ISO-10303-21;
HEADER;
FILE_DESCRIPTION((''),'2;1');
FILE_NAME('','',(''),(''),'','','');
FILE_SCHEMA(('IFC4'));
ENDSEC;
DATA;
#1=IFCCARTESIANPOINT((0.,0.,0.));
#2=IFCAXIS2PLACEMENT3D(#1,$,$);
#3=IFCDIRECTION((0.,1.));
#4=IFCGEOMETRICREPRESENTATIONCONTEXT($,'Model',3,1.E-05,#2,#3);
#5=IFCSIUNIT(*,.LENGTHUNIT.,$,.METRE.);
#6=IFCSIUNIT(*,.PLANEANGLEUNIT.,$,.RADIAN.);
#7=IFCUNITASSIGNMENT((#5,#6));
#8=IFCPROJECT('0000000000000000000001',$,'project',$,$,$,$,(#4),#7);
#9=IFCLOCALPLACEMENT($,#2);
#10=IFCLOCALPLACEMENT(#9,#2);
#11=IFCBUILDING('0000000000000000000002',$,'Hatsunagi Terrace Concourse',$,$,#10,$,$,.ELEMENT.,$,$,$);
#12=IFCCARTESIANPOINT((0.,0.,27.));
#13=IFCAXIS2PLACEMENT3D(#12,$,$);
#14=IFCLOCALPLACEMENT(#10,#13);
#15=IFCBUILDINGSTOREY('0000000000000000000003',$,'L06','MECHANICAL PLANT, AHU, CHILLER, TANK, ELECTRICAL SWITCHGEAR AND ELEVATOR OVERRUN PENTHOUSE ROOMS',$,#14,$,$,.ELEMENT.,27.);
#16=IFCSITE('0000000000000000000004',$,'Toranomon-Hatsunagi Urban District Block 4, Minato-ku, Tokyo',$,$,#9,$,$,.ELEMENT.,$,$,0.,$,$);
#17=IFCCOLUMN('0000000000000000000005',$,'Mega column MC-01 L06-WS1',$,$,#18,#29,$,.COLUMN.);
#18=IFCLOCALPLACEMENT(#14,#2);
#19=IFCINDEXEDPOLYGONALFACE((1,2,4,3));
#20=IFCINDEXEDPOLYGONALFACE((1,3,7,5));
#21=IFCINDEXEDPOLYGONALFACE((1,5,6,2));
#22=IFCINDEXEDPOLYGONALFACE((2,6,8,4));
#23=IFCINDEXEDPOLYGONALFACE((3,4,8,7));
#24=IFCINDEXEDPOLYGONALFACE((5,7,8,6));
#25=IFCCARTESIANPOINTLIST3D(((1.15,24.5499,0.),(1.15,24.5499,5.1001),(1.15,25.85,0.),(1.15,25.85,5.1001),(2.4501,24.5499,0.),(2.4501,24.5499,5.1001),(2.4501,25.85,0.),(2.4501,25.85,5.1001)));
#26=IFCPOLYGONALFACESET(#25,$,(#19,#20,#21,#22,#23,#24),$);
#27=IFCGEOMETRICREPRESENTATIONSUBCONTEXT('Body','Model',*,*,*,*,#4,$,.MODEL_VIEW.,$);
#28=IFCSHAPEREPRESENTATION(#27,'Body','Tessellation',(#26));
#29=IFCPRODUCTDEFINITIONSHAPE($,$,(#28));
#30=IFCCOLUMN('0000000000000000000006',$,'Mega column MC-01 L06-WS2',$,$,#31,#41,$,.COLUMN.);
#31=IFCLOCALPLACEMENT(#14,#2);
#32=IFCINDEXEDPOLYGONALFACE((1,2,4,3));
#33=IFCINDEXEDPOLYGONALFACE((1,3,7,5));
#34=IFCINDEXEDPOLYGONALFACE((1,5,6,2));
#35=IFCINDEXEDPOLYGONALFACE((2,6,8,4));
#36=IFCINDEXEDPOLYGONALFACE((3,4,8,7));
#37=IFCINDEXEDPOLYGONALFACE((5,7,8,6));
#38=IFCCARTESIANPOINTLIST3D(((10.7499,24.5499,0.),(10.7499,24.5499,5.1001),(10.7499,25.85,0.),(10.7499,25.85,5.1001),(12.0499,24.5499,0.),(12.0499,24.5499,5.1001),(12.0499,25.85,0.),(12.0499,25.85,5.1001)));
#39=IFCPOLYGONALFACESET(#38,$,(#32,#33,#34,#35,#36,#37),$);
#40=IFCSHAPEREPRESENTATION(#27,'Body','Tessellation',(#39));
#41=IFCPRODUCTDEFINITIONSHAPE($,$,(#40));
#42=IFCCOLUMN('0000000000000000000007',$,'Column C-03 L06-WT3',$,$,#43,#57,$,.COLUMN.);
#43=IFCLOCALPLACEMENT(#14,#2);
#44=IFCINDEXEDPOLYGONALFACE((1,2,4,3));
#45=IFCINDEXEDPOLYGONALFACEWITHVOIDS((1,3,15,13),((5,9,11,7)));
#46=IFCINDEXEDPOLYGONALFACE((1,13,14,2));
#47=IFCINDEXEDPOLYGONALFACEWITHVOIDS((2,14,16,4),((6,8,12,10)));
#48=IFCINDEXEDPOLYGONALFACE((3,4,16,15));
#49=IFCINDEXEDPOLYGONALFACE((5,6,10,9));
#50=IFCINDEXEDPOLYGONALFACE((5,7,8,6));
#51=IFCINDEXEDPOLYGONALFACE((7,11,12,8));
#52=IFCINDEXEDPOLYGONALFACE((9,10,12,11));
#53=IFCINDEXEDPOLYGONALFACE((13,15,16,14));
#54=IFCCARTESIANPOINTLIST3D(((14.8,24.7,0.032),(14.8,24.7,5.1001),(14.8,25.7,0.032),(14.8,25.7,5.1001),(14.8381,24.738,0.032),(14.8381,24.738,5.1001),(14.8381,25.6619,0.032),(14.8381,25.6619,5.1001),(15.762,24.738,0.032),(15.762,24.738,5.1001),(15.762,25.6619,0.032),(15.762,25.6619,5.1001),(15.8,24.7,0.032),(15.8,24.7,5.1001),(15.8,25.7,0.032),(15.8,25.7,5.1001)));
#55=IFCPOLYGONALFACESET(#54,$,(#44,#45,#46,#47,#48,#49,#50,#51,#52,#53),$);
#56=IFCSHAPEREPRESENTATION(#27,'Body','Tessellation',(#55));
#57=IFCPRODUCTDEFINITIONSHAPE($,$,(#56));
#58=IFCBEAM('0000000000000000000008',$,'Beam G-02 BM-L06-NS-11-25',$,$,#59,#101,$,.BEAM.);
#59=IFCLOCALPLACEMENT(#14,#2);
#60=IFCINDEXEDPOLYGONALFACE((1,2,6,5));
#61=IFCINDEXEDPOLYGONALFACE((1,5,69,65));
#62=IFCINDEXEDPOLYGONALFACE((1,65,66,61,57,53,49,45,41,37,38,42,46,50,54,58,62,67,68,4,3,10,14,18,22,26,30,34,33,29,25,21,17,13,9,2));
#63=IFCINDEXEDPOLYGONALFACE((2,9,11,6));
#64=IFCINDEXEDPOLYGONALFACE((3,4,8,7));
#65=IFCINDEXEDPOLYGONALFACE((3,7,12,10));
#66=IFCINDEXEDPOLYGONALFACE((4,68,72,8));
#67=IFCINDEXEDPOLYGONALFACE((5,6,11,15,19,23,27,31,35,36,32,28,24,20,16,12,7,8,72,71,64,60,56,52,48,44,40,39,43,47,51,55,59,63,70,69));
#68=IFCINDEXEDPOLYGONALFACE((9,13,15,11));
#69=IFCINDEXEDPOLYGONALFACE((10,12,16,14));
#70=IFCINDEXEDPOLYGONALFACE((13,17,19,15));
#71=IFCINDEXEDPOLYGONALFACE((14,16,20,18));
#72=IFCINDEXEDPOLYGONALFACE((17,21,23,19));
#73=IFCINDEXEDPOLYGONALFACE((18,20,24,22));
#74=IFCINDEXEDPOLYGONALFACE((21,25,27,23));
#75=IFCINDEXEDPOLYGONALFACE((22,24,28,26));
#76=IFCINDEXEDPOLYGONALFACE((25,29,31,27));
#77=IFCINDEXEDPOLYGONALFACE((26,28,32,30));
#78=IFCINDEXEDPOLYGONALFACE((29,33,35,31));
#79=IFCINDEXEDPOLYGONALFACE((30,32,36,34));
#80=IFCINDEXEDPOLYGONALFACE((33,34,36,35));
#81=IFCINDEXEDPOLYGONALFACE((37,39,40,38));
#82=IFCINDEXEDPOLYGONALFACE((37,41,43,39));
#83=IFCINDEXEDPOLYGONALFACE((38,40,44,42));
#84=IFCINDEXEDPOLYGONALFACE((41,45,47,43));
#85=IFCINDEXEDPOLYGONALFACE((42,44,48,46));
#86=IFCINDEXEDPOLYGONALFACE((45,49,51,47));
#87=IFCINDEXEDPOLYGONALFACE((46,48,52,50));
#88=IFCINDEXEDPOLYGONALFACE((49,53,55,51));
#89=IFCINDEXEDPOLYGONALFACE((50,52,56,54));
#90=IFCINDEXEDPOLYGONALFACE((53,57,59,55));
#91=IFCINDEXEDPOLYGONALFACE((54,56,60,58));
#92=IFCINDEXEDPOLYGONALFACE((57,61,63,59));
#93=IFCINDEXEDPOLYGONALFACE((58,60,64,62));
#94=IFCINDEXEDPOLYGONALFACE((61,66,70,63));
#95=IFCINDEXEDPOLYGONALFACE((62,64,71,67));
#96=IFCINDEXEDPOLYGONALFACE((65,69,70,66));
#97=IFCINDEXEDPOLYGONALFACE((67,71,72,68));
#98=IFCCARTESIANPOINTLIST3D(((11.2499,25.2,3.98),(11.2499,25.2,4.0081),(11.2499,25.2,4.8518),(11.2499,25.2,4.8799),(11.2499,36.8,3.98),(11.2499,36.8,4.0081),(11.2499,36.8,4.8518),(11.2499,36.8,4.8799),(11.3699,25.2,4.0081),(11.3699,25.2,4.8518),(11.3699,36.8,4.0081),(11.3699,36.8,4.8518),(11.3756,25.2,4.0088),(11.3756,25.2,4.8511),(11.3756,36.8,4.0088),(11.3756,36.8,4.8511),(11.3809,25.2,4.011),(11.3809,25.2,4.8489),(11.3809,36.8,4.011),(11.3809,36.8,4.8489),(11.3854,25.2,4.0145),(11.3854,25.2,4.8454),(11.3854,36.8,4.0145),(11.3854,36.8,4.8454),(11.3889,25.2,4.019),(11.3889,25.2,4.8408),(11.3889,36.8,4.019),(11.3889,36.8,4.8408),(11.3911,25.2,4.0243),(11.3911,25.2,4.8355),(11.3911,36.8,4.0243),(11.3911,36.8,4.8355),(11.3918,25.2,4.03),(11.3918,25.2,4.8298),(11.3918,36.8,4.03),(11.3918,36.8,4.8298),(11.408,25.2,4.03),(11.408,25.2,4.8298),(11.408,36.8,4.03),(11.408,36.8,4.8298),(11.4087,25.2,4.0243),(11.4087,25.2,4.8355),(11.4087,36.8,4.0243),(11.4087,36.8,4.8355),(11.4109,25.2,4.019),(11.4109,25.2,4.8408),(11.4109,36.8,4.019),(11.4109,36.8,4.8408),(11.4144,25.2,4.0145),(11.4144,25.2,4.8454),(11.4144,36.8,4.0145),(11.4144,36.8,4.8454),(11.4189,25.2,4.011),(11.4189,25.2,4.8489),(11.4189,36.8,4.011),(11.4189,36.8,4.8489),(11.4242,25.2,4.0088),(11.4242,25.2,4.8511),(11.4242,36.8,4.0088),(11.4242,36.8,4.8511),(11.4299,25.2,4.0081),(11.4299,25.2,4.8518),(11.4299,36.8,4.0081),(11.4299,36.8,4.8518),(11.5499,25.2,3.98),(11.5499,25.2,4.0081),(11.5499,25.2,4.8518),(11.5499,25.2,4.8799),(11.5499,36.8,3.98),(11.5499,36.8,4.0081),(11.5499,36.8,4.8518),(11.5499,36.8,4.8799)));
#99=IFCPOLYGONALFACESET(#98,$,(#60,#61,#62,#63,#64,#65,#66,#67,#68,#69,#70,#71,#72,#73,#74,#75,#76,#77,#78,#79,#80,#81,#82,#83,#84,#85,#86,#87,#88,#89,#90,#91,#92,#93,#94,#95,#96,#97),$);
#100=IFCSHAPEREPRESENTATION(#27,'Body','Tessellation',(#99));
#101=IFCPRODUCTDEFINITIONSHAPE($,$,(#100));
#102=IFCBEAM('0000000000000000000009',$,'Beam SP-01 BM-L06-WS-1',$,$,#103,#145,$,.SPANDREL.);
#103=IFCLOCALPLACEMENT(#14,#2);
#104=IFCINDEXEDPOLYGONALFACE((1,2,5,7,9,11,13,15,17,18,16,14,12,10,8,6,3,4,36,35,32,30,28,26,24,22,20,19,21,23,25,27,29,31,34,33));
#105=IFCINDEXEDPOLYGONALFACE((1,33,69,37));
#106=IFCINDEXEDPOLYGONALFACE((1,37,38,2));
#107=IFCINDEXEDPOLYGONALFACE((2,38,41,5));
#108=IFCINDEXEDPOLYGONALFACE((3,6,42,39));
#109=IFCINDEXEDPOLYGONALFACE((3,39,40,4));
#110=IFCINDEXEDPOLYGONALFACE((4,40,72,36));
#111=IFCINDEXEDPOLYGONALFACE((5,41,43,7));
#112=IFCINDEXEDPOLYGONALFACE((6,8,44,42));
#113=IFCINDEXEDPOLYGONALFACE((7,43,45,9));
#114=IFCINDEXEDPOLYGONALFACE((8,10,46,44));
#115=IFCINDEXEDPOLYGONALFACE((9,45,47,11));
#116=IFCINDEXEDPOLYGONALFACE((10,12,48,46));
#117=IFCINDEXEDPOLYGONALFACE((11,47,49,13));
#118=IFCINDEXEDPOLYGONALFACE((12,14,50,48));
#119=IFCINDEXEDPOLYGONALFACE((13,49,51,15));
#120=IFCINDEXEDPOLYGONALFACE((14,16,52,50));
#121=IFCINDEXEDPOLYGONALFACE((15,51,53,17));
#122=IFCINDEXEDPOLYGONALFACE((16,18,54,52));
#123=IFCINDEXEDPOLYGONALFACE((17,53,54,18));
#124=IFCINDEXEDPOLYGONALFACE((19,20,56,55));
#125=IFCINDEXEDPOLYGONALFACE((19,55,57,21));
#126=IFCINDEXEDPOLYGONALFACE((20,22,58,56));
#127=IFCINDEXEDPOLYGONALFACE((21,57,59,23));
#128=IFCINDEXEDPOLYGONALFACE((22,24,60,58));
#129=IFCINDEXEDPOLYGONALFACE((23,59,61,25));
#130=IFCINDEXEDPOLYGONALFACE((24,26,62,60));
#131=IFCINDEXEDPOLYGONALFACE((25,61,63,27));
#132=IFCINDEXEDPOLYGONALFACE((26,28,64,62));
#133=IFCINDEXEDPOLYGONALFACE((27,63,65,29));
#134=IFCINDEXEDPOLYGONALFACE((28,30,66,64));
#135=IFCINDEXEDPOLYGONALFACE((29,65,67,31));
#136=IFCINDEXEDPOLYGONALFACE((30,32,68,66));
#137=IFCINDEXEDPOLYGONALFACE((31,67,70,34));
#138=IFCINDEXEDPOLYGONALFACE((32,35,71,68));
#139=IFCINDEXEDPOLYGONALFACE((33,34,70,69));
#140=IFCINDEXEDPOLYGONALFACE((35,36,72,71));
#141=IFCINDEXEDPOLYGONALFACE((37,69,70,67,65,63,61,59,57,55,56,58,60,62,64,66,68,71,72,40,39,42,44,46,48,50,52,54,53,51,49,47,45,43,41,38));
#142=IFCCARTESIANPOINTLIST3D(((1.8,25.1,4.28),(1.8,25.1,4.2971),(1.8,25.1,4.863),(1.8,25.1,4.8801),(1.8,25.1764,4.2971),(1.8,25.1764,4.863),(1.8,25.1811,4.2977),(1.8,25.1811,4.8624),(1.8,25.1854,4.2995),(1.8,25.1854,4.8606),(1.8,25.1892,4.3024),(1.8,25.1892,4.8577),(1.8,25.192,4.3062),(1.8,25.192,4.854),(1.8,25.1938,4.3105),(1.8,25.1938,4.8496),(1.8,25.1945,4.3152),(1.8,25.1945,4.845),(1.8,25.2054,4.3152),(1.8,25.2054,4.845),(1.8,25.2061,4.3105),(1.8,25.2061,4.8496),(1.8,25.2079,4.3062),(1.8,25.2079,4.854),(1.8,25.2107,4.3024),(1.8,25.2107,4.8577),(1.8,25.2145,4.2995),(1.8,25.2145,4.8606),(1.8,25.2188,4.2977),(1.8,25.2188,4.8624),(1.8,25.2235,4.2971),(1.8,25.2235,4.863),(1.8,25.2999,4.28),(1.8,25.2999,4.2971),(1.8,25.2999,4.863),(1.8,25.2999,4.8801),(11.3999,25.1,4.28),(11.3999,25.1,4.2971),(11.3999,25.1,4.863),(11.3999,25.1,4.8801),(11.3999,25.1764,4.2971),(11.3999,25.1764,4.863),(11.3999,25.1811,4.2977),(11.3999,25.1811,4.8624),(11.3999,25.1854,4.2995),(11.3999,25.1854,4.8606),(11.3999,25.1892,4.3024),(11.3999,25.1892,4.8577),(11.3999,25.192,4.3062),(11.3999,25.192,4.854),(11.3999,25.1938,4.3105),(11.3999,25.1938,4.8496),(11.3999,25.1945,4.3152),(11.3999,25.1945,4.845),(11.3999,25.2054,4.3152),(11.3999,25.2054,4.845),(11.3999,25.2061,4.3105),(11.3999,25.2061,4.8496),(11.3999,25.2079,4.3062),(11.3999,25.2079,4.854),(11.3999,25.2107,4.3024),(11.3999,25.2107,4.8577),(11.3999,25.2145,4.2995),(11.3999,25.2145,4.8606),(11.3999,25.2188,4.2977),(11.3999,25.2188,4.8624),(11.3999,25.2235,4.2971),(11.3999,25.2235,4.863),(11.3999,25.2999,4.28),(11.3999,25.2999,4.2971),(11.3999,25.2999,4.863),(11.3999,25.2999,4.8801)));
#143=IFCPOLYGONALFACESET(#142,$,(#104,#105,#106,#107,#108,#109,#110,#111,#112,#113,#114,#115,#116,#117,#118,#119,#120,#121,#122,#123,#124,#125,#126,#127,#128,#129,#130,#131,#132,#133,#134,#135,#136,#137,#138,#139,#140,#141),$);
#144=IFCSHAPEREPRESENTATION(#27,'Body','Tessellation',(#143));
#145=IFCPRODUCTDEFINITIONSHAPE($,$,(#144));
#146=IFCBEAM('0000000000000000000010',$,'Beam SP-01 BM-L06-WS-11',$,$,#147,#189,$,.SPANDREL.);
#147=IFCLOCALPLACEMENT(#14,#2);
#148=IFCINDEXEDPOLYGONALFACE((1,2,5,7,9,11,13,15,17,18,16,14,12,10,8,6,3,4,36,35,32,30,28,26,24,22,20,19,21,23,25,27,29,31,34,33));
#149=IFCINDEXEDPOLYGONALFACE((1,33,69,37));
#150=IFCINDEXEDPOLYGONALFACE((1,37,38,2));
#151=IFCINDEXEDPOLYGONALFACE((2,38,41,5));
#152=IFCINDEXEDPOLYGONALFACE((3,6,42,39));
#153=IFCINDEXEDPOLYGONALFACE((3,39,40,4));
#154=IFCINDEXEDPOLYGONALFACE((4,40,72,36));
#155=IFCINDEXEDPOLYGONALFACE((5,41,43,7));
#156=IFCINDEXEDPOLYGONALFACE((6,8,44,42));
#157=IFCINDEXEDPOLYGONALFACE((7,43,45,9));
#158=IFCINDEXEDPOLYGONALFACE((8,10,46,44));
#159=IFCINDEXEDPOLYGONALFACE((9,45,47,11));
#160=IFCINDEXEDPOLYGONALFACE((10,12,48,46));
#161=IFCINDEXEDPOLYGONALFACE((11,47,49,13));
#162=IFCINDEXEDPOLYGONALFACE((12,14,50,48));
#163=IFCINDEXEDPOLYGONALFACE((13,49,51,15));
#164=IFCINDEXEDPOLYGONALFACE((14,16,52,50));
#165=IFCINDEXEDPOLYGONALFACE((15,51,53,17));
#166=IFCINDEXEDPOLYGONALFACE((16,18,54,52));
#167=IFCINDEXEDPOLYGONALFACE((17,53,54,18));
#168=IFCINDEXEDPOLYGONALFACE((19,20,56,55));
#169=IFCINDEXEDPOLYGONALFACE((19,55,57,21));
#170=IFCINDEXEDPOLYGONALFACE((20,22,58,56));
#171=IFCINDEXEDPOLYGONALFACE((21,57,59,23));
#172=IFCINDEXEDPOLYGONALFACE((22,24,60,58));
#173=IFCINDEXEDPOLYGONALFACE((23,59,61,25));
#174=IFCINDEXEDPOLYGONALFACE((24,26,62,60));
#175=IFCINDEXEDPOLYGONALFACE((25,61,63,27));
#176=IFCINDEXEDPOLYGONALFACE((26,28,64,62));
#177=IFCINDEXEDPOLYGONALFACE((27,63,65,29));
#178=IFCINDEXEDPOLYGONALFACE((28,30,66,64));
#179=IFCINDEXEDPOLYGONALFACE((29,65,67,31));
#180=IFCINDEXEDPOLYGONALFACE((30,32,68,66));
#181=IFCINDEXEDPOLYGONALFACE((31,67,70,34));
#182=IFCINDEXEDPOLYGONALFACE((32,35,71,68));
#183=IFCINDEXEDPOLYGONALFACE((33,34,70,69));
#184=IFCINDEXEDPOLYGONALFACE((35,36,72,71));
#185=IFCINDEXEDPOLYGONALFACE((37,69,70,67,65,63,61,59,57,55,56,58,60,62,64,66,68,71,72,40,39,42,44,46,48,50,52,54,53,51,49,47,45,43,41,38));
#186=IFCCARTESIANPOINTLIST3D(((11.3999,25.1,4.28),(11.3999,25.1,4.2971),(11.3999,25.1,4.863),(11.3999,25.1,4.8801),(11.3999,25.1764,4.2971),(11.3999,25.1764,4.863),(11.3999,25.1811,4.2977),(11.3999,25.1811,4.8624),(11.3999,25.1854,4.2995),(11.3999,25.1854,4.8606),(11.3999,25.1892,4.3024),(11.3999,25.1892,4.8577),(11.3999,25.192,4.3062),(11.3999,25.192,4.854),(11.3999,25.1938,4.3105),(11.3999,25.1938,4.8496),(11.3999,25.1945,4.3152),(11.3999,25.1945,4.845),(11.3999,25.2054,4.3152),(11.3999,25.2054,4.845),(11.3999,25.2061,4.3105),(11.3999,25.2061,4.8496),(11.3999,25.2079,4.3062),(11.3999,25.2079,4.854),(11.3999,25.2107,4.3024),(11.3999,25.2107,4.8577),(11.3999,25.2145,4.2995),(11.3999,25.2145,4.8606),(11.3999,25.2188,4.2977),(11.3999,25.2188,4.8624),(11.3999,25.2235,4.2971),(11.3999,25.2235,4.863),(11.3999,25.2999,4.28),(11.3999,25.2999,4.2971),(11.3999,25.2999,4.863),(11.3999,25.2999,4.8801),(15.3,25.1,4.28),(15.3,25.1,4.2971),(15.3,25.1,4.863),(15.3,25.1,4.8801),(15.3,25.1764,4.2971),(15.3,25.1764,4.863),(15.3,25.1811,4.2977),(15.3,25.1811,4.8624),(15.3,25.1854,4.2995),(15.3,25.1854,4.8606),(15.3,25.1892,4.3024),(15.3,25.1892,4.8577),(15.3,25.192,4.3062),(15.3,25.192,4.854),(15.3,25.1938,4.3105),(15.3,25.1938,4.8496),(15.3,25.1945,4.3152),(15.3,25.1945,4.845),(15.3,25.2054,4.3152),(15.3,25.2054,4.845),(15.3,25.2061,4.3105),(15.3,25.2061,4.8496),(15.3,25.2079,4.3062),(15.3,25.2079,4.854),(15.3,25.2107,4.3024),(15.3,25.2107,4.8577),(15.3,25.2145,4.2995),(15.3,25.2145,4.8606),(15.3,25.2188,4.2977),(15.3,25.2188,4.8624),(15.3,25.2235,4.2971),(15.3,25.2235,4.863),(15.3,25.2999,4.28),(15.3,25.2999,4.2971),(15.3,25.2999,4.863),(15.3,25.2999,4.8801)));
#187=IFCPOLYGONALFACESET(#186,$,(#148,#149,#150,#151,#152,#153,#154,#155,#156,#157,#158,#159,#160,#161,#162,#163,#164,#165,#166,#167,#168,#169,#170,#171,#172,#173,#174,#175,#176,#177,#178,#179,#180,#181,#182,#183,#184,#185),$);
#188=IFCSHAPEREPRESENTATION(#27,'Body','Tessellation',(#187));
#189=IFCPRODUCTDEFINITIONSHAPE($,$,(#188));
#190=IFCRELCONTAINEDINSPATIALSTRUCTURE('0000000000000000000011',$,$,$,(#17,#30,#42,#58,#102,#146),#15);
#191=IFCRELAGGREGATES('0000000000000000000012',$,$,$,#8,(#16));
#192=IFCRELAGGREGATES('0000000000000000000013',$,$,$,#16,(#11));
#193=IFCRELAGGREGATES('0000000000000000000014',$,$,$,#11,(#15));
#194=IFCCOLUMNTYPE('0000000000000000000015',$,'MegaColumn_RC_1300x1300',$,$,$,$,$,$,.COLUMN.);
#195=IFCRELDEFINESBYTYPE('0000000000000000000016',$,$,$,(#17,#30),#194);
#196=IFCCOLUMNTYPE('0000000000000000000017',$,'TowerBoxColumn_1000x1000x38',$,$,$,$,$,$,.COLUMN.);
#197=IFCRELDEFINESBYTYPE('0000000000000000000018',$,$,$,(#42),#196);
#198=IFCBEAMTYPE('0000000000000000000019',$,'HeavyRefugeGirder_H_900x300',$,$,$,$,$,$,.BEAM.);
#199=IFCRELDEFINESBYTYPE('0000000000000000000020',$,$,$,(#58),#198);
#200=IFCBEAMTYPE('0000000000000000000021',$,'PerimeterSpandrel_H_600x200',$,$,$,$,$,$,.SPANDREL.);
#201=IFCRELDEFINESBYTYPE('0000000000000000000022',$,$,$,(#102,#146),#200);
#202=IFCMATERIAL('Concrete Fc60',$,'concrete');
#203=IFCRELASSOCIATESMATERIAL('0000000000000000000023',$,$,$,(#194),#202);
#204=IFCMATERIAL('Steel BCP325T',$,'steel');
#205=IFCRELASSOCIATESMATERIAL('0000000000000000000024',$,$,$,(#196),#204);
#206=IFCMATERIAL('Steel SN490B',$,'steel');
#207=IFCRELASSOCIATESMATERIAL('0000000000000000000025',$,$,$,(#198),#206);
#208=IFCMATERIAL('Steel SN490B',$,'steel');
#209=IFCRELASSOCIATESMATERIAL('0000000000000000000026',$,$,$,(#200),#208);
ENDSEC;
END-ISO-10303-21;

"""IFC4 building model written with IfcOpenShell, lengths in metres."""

from ifc_helpers import new_model, si_unit, direction, frame, origin, origin_2d, place, context, subcontext, project, spatial, rectangle, hollow_rectangle, i_section, extrude, material, material_profile, profile_set, type_object, element, save


model = new_model("IFC4")

# Units and contexts
model_context = context("Model", 3, precision=1e-05, world=origin(), true_north=direction((0.0, 1.0)))
body_context = subcontext(model_context, "Body", "Model", "MODEL_VIEW")
ifc_project = project(units=[si_unit("LENGTHUNIT", "METRE"), si_unit("PLANEANGLEUNIT", "RADIAN")], contexts=[model_context])

# Site, building, storey
site_placement = place(None, origin())
site = spatial("IfcSite", under=ifc_project, at=site_placement, Name="Toranomon-Hatsunagi Urban District Block 4, Minato-ku, Tokyo", CompositionType="ELEMENT", RefElevation=0.0)
building_placement = place(site_placement, origin())
building = spatial("IfcBuilding", under=site, at=building_placement, Name="Hatsunagi Terrace Concourse", CompositionType="ELEMENT")
storey_placement = place(building_placement, frame((0.0, 0.0, 27.0)))
storey = spatial("IfcBuildingStorey", under=building, at=storey_placement, Name="L06", Description="MECHANICAL PLANT, AHU, CHILLER, TANK, ELECTRICAL SWITCHGEAR AND ELEVATOR OVERRUN PENTHOUSE ROOMS", CompositionType="ELEMENT", Elevation=27.0)

# Columns
ifc_material_1 = material(Name="Concrete Fc60", Category="concrete")
ifc_material_profile_1 = material_profile(ifc_material_1, rectangle(XDim=1.3, YDim=1.3, at=origin_2d()), Name="RC-1300x1300")
ifc_profile_set_1 = profile_set([ifc_material_profile_1], Name="Concrete Fc60")
column_type_1 = type_object("IfcColumnType", Name="MegaColumn_RC_1300x1300", PredefinedType="COLUMN", material=ifc_profile_set_1)
for number, where, z_axis, x_axis, name in (
    (1, (1.8, 25.2, 0.0), (0.0, 0.0, 1.0), (1.0, 0.0, 0.0), "Mega column MC-01 L06-WS1"),
    (2, (11.3999, 25.2, 0.0), (0.0, 0.0, 1.0), (1.0, 0.0, 0.0), "Mega column MC-01 L06-WS2"),
):
    element("IfcColumn", number, at=place(storey_placement, frame(where, z_axis=z_axis, x_axis=x_axis)), inside=storey, type_object=column_type_1, Name=name, PredefinedType="COLUMN", context=body_context, shape_type="SweptSolid", body=[
        extrude(rectangle(XDim=1.3, YDim=1.3, at=origin_2d()), origin(), (0.0, 0.0, 1.0), 5.1001),
    ])
ifc_material_2 = material(Name="Steel BCP325T", Category="steel")
ifc_material_profile_2 = material_profile(ifc_material_2, hollow_rectangle(XDim=1.0, YDim=1.0, WallThickness=0.0381, at=origin_2d()), Name="BCP-1000x1000x38")
ifc_profile_set_2 = profile_set([ifc_material_profile_2], Name="Steel BCP325T")
column_type_2 = type_object("IfcColumnType", Name="TowerBoxColumn_1000x1000x38", PredefinedType="COLUMN", material=ifc_profile_set_2)
column_placement = place(storey_placement, frame((15.3, 25.2, 0.032), z_axis=(0.0, 0.0, 1.0), x_axis=(1.0, 0.0, 0.0)))
element("IfcColumn", 3, at=column_placement, inside=storey, type_object=column_type_2, Name="Column C-03 L06-WT3", PredefinedType="COLUMN", context=body_context, shape_type="SweptSolid", body=[
    extrude(hollow_rectangle(XDim=1.0, YDim=1.0, WallThickness=0.0381, at=origin_2d()), origin(), (0.0, 0.0, 1.0), 5.0681),
])

# Beams
ifc_material_3 = material(Name="Steel SN490B", Category="steel")
ifc_material_profile_3 = material_profile(ifc_material_3, i_section(OverallWidth=0.3, OverallDepth=0.8999, WebThickness=0.0161, FlangeThickness=0.0281, FilletRadius=0.022, at=origin_2d()), Name="H-900x300x16x28")
ifc_profile_set_3 = profile_set([ifc_material_profile_3], Name="Steel SN490B")
beam_type_1 = type_object("IfcBeamType", Name="HeavyRefugeGirder_H_900x300", PredefinedType="BEAM", material=ifc_profile_set_3)
beam_1_placement = place(storey_placement, frame((11.3999, 25.2, 4.4299), z_axis=(0.0, 1.0, 0.0), x_axis=(-1.0, 0.0, 0.0)))
element("IfcBeam", 4, at=beam_1_placement, inside=storey, type_object=beam_type_1, Name="Beam G-02 BM-L06-NS-11-25", PredefinedType="BEAM", context=body_context, shape_type="SweptSolid", body=[
    extrude(i_section(OverallWidth=0.3, OverallDepth=0.8999, WebThickness=0.0161, FlangeThickness=0.0281, FilletRadius=0.022, at=origin_2d()), origin(), (0.0, 0.0, 1.0), 11.6001),
])
ifc_material_4 = material(Name="Steel SN490B", Category="steel")
ifc_material_profile_4 = material_profile(ifc_material_4, i_section(OverallWidth=0.2, OverallDepth=0.6001, WebThickness=0.011, FlangeThickness=0.0171, FilletRadius=0.0181, at=origin_2d()), Name="H-600x200x11x17")
ifc_profile_set_4 = profile_set([ifc_material_profile_4], Name="Steel SN490B")
beam_type_2 = type_object("IfcBeamType", Name="PerimeterSpandrel_H_600x200", PredefinedType="SPANDREL", material=ifc_profile_set_4)
beam_2_placement = place(storey_placement, frame((1.8, 25.2, 4.5801), z_axis=(1.0, 0.0, 0.0), x_axis=(0.0, 1.0, 0.0)))
element("IfcBeam", 5, at=beam_2_placement, inside=storey, type_object=beam_type_2, Name="Beam SP-01 BM-L06-WS-1", PredefinedType="SPANDREL", context=body_context, shape_type="SweptSolid", body=[
    extrude(i_section(OverallWidth=0.2, OverallDepth=0.6001, WebThickness=0.011, FlangeThickness=0.0171, FilletRadius=0.0181, at=origin_2d()), origin(), (0.0, 0.0, 1.0), 9.5999),
])
beam_3_placement = place(storey_placement, frame((11.3999, 25.2, 4.5801), z_axis=(1.0, 0.0, 0.0), x_axis=(0.0, 1.0, 0.0)))
element("IfcBeam", 6, at=beam_3_placement, inside=storey, type_object=beam_type_2, Name="Beam SP-01 BM-L06-WS-11", PredefinedType="SPANDREL", context=body_context, shape_type="SweptSolid", body=[
    extrude(i_section(OverallWidth=0.2, OverallDepth=0.6001, WebThickness=0.011, FlangeThickness=0.0171, FilletRadius=0.0181, at=origin_2d()), origin(), (0.0, 0.0, 1.0), 3.9001),
])

save(model, "model.ifc")
